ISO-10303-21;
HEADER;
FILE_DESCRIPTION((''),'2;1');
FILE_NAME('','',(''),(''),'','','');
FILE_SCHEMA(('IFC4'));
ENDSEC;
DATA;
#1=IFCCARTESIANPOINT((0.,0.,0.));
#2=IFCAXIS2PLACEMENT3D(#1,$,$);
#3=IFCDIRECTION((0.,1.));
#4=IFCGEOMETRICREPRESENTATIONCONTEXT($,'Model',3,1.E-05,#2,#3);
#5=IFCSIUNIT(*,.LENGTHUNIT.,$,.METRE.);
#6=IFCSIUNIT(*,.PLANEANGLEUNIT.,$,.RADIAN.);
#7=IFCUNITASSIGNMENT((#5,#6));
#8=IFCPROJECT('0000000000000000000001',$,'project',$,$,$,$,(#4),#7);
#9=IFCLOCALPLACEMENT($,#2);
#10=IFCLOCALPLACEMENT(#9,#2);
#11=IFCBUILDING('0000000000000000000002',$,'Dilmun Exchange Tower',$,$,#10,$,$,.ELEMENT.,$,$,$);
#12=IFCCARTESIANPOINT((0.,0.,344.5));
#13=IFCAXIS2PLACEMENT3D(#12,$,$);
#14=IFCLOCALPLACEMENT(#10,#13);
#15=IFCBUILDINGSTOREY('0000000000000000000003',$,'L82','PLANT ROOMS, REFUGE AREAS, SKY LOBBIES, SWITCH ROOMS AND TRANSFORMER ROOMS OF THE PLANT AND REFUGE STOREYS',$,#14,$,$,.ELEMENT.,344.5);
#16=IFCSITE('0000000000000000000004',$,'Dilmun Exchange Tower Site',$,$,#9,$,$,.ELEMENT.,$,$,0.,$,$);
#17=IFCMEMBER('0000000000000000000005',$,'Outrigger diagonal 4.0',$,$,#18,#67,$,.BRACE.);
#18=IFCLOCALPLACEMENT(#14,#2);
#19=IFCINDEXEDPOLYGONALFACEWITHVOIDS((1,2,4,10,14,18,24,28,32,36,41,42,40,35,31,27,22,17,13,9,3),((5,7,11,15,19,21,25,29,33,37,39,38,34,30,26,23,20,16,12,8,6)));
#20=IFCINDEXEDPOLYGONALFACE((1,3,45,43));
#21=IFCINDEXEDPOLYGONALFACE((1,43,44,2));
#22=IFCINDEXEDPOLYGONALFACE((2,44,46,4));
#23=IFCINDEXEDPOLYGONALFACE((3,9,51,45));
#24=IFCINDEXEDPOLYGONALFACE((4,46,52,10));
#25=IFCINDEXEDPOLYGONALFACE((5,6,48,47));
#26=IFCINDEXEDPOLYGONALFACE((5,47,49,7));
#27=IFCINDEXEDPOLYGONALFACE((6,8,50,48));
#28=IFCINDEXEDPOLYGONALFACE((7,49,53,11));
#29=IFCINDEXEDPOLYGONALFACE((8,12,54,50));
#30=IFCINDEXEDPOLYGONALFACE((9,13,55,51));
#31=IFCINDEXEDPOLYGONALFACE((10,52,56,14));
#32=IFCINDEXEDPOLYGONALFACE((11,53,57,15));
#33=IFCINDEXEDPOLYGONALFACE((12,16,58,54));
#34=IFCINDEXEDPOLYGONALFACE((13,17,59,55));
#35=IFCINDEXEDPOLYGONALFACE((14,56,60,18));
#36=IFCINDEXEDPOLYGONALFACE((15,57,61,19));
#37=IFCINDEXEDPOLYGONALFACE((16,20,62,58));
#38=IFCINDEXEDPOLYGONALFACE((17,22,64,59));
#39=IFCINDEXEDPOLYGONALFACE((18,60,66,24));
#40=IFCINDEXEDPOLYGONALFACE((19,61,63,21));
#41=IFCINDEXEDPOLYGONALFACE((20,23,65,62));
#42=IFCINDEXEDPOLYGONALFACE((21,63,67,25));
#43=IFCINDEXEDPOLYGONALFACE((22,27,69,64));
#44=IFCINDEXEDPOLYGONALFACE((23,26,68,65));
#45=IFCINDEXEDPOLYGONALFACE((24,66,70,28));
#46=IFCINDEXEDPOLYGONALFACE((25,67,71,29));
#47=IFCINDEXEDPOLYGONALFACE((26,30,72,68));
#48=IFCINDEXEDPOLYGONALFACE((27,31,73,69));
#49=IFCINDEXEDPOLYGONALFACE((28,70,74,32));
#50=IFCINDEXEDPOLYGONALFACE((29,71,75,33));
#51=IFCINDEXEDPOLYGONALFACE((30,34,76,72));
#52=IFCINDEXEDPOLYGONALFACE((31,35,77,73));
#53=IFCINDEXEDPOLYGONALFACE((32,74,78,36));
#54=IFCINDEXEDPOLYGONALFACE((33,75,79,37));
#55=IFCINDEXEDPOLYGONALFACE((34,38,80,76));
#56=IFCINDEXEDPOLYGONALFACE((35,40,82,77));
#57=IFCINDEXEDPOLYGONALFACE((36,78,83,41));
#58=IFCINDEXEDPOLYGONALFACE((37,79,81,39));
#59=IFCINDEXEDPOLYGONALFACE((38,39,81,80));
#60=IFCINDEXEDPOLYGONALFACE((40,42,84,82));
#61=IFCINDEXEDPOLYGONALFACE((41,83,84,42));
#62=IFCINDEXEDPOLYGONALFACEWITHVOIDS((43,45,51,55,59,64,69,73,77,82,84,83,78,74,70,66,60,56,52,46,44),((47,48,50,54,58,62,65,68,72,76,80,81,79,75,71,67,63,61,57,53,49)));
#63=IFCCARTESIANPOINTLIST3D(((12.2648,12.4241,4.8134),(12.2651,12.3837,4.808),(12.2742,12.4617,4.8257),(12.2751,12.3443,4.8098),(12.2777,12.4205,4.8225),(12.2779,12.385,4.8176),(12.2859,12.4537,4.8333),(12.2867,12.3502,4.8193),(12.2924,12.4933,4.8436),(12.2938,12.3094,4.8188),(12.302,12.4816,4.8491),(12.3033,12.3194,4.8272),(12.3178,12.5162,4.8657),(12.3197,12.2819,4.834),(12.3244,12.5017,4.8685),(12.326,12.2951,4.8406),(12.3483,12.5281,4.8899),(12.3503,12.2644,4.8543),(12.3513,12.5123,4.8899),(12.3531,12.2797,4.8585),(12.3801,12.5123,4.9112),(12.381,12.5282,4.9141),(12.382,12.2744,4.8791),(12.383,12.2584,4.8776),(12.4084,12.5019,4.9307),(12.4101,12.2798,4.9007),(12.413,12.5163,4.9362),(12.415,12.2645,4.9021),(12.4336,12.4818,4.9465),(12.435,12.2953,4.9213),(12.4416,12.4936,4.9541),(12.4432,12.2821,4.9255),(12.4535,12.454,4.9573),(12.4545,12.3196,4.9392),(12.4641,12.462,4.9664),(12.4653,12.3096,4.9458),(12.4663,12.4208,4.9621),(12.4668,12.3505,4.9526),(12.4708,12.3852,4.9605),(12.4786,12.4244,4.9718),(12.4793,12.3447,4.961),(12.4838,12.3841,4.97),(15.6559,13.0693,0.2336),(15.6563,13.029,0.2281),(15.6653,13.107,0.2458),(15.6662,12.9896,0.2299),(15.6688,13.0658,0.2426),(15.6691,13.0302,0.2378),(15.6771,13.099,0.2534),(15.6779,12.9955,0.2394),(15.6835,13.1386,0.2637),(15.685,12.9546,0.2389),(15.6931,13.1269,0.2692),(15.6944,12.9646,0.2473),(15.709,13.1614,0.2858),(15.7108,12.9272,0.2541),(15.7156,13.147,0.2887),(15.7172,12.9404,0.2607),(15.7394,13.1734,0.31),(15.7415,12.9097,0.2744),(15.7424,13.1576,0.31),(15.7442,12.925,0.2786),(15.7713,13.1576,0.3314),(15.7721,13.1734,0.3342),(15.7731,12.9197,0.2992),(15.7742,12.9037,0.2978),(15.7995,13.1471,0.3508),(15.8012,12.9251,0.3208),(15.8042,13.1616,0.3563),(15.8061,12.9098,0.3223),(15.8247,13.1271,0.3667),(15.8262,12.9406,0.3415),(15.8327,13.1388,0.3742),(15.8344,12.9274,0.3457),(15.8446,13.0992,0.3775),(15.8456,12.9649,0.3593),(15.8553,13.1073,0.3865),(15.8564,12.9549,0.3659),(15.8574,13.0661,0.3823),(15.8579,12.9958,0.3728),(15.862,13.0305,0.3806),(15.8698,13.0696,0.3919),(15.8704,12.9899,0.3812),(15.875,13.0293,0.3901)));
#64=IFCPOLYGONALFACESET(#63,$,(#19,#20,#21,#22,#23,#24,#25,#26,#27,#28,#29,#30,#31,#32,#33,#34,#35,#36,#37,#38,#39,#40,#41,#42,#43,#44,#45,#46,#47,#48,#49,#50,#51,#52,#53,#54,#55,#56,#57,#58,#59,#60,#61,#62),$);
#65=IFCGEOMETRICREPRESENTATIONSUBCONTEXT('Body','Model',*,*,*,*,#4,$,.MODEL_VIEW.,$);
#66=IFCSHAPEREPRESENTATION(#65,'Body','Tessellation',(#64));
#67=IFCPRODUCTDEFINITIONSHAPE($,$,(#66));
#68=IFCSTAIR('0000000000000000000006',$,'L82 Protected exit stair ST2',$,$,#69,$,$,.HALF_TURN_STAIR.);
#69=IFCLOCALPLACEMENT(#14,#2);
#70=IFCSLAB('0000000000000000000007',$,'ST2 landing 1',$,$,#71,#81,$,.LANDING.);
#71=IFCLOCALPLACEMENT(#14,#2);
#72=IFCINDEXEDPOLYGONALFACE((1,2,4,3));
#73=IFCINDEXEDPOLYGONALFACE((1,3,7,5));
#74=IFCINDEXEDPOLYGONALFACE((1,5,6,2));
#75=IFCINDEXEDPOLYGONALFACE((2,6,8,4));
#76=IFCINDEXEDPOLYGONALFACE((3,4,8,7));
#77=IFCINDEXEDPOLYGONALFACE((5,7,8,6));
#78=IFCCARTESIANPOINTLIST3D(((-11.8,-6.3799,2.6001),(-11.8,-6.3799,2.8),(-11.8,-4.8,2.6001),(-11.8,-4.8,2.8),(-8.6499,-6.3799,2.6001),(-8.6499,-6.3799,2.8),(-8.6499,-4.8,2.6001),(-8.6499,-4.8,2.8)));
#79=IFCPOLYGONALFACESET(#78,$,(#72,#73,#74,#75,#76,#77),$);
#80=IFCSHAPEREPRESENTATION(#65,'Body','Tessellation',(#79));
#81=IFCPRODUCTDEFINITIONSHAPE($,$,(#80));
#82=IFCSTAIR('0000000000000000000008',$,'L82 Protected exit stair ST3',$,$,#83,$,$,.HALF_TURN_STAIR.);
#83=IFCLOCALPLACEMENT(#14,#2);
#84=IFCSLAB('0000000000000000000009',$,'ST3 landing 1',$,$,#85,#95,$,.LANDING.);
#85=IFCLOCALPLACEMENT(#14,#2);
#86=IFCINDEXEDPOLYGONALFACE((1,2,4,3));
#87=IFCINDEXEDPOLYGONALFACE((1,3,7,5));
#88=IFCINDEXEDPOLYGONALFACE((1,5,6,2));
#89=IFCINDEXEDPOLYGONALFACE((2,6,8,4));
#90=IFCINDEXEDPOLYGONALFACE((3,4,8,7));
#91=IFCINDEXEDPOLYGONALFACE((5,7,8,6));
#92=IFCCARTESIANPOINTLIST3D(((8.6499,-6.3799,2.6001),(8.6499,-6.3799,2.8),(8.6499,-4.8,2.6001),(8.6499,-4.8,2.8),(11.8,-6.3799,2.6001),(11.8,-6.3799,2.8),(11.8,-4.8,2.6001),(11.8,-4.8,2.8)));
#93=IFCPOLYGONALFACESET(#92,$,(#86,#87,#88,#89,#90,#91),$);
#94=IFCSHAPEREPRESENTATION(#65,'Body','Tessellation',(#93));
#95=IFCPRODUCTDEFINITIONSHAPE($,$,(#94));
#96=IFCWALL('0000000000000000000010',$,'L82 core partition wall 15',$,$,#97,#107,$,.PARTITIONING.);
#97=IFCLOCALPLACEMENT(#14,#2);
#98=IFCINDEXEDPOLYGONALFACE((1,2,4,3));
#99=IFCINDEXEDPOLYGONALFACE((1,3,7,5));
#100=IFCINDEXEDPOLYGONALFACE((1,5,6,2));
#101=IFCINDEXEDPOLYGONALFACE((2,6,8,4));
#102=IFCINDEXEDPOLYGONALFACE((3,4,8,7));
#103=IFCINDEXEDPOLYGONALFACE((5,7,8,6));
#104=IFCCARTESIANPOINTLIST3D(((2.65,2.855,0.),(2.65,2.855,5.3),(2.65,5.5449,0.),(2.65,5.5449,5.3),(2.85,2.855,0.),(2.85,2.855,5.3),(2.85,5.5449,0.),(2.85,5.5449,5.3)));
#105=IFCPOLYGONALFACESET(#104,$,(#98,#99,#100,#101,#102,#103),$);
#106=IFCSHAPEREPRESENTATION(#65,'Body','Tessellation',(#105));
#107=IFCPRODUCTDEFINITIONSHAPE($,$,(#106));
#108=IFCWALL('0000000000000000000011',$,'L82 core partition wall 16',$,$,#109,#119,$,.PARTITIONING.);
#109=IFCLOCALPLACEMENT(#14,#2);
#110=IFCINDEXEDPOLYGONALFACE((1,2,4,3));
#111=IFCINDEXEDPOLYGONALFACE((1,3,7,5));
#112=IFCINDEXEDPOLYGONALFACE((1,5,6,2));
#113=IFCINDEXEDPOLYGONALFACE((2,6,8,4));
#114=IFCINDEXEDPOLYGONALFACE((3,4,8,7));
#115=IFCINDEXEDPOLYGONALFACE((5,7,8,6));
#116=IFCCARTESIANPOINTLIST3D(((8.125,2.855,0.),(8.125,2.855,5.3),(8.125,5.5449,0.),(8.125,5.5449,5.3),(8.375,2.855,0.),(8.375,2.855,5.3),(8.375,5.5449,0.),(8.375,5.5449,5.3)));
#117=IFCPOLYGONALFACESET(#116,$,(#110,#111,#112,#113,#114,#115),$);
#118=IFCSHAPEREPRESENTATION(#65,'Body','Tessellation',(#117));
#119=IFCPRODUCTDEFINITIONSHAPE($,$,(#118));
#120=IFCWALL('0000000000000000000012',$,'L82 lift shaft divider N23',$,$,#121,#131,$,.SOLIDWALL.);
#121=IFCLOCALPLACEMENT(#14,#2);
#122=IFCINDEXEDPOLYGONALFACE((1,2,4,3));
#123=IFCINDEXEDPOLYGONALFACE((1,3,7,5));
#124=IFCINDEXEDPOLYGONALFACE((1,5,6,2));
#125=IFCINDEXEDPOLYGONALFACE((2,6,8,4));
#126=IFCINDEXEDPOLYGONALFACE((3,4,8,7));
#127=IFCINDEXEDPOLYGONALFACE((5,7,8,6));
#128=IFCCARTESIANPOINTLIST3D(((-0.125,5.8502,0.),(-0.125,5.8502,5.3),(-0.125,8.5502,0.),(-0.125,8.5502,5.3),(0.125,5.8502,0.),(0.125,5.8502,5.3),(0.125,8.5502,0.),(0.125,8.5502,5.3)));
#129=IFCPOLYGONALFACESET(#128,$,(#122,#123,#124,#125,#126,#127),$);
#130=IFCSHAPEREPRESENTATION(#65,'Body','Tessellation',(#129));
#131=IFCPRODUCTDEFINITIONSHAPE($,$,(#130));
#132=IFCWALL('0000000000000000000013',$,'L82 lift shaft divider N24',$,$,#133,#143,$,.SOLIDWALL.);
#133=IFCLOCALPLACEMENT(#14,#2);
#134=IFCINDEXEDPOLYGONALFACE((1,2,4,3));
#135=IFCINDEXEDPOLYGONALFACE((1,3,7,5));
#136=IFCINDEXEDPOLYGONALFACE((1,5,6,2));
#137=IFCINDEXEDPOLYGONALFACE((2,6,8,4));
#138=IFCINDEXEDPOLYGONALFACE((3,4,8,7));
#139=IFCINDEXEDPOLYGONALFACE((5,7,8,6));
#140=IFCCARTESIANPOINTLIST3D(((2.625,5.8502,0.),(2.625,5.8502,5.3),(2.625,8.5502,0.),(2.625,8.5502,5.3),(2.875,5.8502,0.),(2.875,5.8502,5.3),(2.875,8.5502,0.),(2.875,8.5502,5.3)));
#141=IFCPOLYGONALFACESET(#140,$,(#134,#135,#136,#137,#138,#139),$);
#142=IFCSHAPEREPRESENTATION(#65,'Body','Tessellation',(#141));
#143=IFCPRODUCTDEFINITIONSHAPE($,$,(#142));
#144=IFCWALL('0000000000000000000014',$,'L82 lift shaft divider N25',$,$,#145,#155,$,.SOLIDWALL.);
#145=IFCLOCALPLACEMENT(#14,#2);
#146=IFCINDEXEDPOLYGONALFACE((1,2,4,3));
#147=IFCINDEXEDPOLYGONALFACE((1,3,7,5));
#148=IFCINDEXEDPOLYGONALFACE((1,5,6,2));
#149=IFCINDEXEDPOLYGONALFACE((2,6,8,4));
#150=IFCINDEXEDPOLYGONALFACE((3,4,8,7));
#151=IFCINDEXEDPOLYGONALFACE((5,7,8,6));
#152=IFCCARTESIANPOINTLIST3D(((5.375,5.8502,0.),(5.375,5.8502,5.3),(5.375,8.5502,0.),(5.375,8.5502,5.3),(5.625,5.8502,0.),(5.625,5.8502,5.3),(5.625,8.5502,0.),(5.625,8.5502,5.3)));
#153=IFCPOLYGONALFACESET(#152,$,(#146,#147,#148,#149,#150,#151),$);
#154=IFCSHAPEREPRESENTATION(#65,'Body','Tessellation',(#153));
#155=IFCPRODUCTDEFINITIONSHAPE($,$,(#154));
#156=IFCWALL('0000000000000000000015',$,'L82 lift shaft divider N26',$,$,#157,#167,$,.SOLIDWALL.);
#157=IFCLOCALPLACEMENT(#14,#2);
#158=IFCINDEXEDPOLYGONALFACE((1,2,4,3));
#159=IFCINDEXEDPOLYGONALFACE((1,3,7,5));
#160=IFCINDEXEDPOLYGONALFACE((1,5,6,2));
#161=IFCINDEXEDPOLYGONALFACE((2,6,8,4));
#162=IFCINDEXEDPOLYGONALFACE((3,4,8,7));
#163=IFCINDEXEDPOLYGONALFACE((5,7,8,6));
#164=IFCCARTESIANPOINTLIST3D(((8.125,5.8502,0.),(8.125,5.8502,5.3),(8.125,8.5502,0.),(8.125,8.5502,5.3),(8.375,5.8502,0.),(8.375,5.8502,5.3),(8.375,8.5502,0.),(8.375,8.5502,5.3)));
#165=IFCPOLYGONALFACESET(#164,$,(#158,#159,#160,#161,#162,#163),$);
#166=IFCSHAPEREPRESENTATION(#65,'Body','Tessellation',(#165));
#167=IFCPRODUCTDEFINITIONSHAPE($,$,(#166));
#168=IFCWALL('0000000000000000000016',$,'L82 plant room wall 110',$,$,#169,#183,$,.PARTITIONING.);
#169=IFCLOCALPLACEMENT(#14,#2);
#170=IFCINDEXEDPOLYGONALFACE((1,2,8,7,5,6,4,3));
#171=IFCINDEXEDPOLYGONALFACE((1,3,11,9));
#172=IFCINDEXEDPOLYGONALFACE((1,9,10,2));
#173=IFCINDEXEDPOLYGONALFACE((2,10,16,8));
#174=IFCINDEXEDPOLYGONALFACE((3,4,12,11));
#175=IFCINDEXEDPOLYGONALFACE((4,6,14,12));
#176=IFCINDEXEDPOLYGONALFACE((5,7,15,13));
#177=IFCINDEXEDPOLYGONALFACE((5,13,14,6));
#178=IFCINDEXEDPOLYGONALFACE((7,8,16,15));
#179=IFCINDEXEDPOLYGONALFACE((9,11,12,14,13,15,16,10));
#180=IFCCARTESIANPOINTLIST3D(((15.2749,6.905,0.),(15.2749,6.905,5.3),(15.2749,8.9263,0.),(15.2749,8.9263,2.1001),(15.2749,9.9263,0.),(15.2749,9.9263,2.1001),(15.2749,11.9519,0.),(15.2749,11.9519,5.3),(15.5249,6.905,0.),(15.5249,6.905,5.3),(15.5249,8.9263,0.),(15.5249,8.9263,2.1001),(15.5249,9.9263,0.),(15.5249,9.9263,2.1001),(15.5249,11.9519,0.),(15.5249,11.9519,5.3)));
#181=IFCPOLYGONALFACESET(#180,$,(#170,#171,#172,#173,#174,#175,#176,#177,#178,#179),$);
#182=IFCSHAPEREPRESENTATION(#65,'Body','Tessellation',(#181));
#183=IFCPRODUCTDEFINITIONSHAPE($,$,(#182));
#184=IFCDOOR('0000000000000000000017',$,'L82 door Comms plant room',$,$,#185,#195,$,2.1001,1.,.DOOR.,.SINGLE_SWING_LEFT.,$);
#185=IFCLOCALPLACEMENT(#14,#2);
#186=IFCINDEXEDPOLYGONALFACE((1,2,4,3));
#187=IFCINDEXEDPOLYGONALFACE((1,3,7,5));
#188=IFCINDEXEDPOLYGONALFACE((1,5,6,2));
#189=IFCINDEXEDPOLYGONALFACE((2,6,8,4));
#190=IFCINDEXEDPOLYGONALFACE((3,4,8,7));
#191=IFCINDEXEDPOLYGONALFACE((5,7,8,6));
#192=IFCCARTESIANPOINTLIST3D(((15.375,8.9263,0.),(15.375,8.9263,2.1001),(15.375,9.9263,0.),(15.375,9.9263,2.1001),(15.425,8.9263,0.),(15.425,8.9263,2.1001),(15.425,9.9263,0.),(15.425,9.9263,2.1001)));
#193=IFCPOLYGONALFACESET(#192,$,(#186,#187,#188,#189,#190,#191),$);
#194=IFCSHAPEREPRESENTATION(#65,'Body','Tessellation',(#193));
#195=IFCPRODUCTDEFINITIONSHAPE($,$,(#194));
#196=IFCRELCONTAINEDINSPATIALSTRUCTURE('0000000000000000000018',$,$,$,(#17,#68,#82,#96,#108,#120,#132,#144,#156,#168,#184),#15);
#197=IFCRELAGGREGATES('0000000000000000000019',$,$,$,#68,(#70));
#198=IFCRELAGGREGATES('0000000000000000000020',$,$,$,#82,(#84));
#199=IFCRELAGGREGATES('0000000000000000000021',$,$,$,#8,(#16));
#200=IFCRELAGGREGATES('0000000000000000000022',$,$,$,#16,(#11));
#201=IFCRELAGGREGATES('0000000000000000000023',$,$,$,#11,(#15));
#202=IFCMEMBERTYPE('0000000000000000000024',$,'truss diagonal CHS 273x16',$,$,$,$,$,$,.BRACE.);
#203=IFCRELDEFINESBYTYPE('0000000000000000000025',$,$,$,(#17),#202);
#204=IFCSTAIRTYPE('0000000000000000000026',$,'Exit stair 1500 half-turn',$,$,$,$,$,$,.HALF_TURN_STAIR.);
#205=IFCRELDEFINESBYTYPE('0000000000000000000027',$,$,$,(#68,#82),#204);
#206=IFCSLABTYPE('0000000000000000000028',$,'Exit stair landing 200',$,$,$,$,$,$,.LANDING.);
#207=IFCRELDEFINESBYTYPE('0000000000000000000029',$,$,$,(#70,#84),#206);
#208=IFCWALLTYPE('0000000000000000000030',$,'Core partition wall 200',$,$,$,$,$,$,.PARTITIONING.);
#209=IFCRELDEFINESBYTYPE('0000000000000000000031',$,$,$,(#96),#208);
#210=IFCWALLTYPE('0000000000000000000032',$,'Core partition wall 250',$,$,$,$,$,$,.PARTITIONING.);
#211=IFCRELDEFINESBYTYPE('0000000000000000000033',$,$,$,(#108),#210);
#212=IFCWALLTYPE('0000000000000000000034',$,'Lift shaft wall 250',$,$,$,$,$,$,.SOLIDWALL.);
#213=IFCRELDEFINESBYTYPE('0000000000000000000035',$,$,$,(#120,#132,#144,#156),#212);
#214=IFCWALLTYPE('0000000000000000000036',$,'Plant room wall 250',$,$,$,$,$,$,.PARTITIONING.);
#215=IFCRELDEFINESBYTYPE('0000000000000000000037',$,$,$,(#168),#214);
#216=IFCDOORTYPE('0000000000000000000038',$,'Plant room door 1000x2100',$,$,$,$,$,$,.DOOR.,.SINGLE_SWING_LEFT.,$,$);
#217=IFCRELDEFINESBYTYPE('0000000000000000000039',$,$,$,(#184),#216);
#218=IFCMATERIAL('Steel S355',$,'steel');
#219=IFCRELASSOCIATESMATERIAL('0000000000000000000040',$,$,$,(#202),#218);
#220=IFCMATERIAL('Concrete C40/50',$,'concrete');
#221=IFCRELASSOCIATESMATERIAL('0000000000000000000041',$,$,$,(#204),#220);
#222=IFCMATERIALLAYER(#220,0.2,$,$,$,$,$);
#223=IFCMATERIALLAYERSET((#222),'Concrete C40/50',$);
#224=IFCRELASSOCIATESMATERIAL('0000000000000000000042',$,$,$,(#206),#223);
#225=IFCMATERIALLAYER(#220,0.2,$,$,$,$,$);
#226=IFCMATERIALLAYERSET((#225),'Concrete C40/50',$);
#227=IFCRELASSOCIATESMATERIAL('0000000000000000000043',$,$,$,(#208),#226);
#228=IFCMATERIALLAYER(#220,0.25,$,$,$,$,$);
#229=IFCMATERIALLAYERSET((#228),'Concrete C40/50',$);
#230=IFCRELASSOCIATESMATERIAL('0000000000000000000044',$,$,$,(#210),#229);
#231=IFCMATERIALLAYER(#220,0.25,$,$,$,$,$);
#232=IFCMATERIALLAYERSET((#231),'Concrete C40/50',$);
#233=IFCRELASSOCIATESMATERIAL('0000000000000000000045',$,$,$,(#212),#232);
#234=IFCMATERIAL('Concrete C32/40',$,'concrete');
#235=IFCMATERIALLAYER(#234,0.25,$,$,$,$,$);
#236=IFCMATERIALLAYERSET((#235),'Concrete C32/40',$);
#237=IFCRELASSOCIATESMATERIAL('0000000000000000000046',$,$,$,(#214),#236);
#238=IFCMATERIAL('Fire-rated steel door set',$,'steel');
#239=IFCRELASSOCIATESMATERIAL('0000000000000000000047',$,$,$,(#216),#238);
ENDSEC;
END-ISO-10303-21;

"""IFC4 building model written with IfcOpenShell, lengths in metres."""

from ifc_helpers import new_model, si_unit, direction, frame, frame_2d, origin, origin_2d, place, context, subcontext, project, spatial, polyline, rectangle, hollow_circle, outline, extrude, material, layer, layer_set, material_profile, profile_set, type_object, element, fill, aggregate, save


model = new_model("IFC4")

# Units and contexts
model_context = context("Model", 3, precision=1e-05, world=origin(), true_north=direction((0.0, 1.0)))
body_context = subcontext(model_context, "Body", "Model", "MODEL_VIEW")
ifc_project = project(units=[si_unit("LENGTHUNIT", "METRE"), si_unit("PLANEANGLEUNIT", "RADIAN")], contexts=[model_context])

# Site, building, storey
site_placement = place(None, origin())
site = spatial("IfcSite", under=ifc_project, at=site_placement, Name="Dilmun Exchange Tower Site", CompositionType="ELEMENT", RefElevation=0.0)
building_placement = place(site_placement, origin())
building = spatial("IfcBuilding", under=site, at=building_placement, Name="Dilmun Exchange Tower", CompositionType="ELEMENT")
storey_placement = place(building_placement, frame((0.0, 0.0, 344.5)))
storey = spatial("IfcBuildingStorey", under=building, at=storey_placement, Name="L82", Description="PLANT ROOMS, REFUGE AREAS, SKY LOBBIES, SWITCH ROOMS AND TRANSFORMER ROOMS OF THE PLANT AND REFUGE STOREYS", CompositionType="ELEMENT", Elevation=344.5)

# Shared definitions
ifc_material_1 = material(Name="Steel S355", Category="steel")

# Member
ifc_material_profile_1 = material_profile(ifc_material_1, hollow_circle(Radius=0.1365, WallThickness=0.0161, at=origin_2d()), Name="CHS 273x16")
ifc_profile_set_1 = profile_set([ifc_material_profile_1], Name="Steel S355")
member_type_1 = type_object("IfcMemberType", Name="truss diagonal CHS 273x16", PredefinedType="BRACE", material=ifc_profile_set_1)
member_1_placement = place(storey_placement, frame((12.3738, 12.394, 4.8899), z_axis=(0.591295, 0.112512, -0.798568), x_axis=(-0.186927, 0.982374, 0.0)))
element("IfcMember", 1, at=member_1_placement, inside=storey, type_object=member_type_1, Name="Outrigger diagonal 4.0", PredefinedType="BRACE", context=body_context, shape_type="SweptSolid", body=[
    extrude(hollow_circle(Radius=0.1365, WallThickness=0.0161, at=origin_2d()), origin(), (0.0, 0.0, 1.0), 5.7351),
])

# Stairs, slabs
ifc_material_2 = material(Name="Concrete C40/50", Category="concrete")
stair_type = type_object("IfcStairType", Name="Exit stair 1500 half-turn", PredefinedType="HALF_TURN_STAIR", material=ifc_material_2)
stair_1_placement = place(storey_placement, origin())
stair_1 = element("IfcStair", 2, at=stair_1_placement, inside=storey, type_object=stair_type, Name="L82 Protected exit stair ST2", PredefinedType="HALF_TURN_STAIR")
ifc_layer_1 = layer(ifc_material_2, 0.2)
ifc_layer_set_1 = layer_set([ifc_layer_1], Name="Concrete C40/50")
slab_type = type_object("IfcSlabType", Name="Exit stair landing 200", PredefinedType="LANDING", material=ifc_layer_set_1)
slab_1_placement = place(storey_placement, frame((0.0, 0.0, 2.6001)))
slab_1 = element("IfcSlab", 3, at=slab_1_placement, type_object=slab_type, Name="ST2 landing 1", PredefinedType="LANDING", context=body_context, shape_type="SweptSolid", body=[
    extrude(outline(polyline([(-8.6499, -6.3799), (-8.6499, -4.8), (-11.8, -4.8), (-11.8, -6.3799), (-8.6499, -6.3799)])), origin(), (0.0, 0.0, 1.0), 0.2),
])
aggregate(stair_1, [slab_1])
stair_2_placement = place(storey_placement, origin())
stair_2 = element("IfcStair", 4, at=stair_2_placement, inside=storey, type_object=stair_type, Name="L82 Protected exit stair ST3", PredefinedType="HALF_TURN_STAIR")
slab_2_placement = place(storey_placement, frame((0.0, 0.0, 2.6001)))
slab_2 = element("IfcSlab", 5, at=slab_2_placement, type_object=slab_type, Name="ST3 landing 1", PredefinedType="LANDING", context=body_context, shape_type="SweptSolid", body=[
    extrude(outline(polyline([(11.8, -6.3799), (11.8, -4.8), (8.6499, -4.8), (8.6499, -6.3799), (11.8, -6.3799)])), origin(), (0.0, 0.0, 1.0), 0.2),
])
aggregate(stair_2, [slab_2])

# Walls
ifc_layer_2 = layer(ifc_material_2, 0.2)
ifc_layer_set_2 = layer_set([ifc_layer_2], Name="Concrete C40/50")
wall_type_1 = type_object("IfcWallType", Name="Core partition wall 200", PredefinedType="PARTITIONING", material=ifc_layer_set_2)
wall_1_placement = place(storey_placement, frame((2.75, 2.855, 0.0), z_axis=(0.0, 0.0, 1.0), x_axis=(0.0, 1.0, 0.0)))
element("IfcWall", 6, at=wall_1_placement, inside=storey, type_object=wall_type_1, Name="L82 core partition wall 15", PredefinedType="PARTITIONING", context=body_context, shape_type="SweptSolid", body=[
    extrude(rectangle(XDim=2.6899, YDim=0.2, at=frame_2d((1.345, 0.0))), origin(), (0.0, 0.0, 1.0), 5.3),
])
ifc_layer_3 = layer(ifc_material_2, 0.25)
ifc_layer_set_3 = layer_set([ifc_layer_3], Name="Concrete C40/50")
wall_type_2 = type_object("IfcWallType", Name="Core partition wall 250", PredefinedType="PARTITIONING", material=ifc_layer_set_3)
wall_2_placement = place(storey_placement, frame((8.25, 2.855, 0.0), z_axis=(0.0, 0.0, 1.0), x_axis=(0.0, 1.0, 0.0)))
element("IfcWall", 7, at=wall_2_placement, inside=storey, type_object=wall_type_2, Name="L82 core partition wall 16", PredefinedType="PARTITIONING", context=body_context, shape_type="SweptSolid", body=[
    extrude(rectangle(XDim=2.6899, YDim=0.25, at=frame_2d((1.345, 0.0))), origin(), (0.0, 0.0, 1.0), 5.3),
])
ifc_layer_4 = layer(ifc_material_2, 0.25)
ifc_layer_set_4 = layer_set([ifc_layer_4], Name="Concrete C40/50")
wall_type_3 = type_object("IfcWallType", Name="Lift shaft wall 250", PredefinedType="SOLIDWALL", material=ifc_layer_set_4)
for number, where, z_axis, x_axis, name in (
    (8, (0.0, 5.8501, 0.0), (0.0, 0.0, 1.0), (0.0, 1.0, 0.0), "L82 lift shaft divider N23"),
    (9, (2.75, 5.8501, 0.0), (0.0, 0.0, 1.0), (0.0, 1.0, 0.0), "L82 lift shaft divider N24"),
    (10, (5.5, 5.8501, 0.0), (0.0, 0.0, 1.0), (0.0, 1.0, 0.0), "L82 lift shaft divider N25"),
    (11, (8.25, 5.8501, 0.0), (0.0, 0.0, 1.0), (0.0, 1.0, 0.0), "L82 lift shaft divider N26"),
):
    element("IfcWall", number, at=place(storey_placement, frame(where, z_axis=z_axis, x_axis=x_axis)), inside=storey, type_object=wall_type_3, Name=name, PredefinedType="SOLIDWALL", context=body_context, shape_type="SweptSolid", body=[
        extrude(rectangle(XDim=2.7, YDim=0.25, at=frame_2d((1.3501, 0.0))), origin(), (0.0, 0.0, 1.0), 5.3),
    ])

# Wall, opening, door
ifc_material_3 = material(Name="Concrete C32/40", Category="concrete")
ifc_layer_5 = layer(ifc_material_3, 0.25)
ifc_layer_set_5 = layer_set([ifc_layer_5], Name="Concrete C32/40")
wall_type_4 = type_object("IfcWallType", Name="Plant room wall 250", PredefinedType="PARTITIONING", material=ifc_layer_set_5)
wall_3_placement = place(storey_placement, frame((15.3999, 6.905, 0.0), z_axis=(0.0, 0.0, 1.0), x_axis=(0.0, 1.0, 0.0)))
wall_3 = element("IfcWall", 12, at=wall_3_placement, inside=storey, type_object=wall_type_4, Name="L82 plant room wall 110", PredefinedType="PARTITIONING", context=body_context, shape_type="SweptSolid", body=[
    extrude(rectangle(XDim=5.0469, YDim=0.25, at=frame_2d((2.5234, 0.0))), origin(), (0.0, 0.0, 1.0), 5.3),
])
opening_1_placement = place(wall_3_placement, frame((2.0212, 0.0, 0.0)))
opening_1 = element("IfcOpeningElement", 13, at=opening_1_placement, cuts=wall_3, PredefinedType="OPENING", context=body_context, shape_type="SweptSolid", body=[
    extrude(rectangle(XDim=1.0, YDim=2.1001, at=frame_2d((0.5, 1.05))), frame((0.0, 0.135, 0.0), z_axis=(0.0, -1.0, 0.0), x_axis=(1.0, 0.0, 0.0)), (0.0, 0.0, 1.0), 0.27),
])
ifc_material_4 = material(Name="Fire-rated steel door set", Category="steel")
door_type_1 = type_object("IfcDoorType", Name="Plant room door 1000x2100", OperationType="SINGLE_SWING_LEFT", PredefinedType="DOOR", material=ifc_material_4)
door_1_placement = place(opening_1_placement, origin())
door_1 = element("IfcDoor", 14, at=door_1_placement, inside=storey, type_object=door_type_1, Name="L82 door Comms plant room", OperationType="SINGLE_SWING_LEFT", OverallHeight=2.1001, OverallWidth=1.0, PredefinedType="DOOR", context=body_context, shape_type="SweptSolid", body=[
    extrude(rectangle(XDim=1.0, YDim=2.1001, at=frame_2d((0.5, 1.05))), frame((0.0, 0.0249, 0.0), z_axis=(0.0, -1.0, 0.0), x_axis=(1.0, 0.0, 0.0)), (0.0, 0.0, 1.0), 0.05),
])
fill(opening_1, door_1)

save(model, "model.ifc")
